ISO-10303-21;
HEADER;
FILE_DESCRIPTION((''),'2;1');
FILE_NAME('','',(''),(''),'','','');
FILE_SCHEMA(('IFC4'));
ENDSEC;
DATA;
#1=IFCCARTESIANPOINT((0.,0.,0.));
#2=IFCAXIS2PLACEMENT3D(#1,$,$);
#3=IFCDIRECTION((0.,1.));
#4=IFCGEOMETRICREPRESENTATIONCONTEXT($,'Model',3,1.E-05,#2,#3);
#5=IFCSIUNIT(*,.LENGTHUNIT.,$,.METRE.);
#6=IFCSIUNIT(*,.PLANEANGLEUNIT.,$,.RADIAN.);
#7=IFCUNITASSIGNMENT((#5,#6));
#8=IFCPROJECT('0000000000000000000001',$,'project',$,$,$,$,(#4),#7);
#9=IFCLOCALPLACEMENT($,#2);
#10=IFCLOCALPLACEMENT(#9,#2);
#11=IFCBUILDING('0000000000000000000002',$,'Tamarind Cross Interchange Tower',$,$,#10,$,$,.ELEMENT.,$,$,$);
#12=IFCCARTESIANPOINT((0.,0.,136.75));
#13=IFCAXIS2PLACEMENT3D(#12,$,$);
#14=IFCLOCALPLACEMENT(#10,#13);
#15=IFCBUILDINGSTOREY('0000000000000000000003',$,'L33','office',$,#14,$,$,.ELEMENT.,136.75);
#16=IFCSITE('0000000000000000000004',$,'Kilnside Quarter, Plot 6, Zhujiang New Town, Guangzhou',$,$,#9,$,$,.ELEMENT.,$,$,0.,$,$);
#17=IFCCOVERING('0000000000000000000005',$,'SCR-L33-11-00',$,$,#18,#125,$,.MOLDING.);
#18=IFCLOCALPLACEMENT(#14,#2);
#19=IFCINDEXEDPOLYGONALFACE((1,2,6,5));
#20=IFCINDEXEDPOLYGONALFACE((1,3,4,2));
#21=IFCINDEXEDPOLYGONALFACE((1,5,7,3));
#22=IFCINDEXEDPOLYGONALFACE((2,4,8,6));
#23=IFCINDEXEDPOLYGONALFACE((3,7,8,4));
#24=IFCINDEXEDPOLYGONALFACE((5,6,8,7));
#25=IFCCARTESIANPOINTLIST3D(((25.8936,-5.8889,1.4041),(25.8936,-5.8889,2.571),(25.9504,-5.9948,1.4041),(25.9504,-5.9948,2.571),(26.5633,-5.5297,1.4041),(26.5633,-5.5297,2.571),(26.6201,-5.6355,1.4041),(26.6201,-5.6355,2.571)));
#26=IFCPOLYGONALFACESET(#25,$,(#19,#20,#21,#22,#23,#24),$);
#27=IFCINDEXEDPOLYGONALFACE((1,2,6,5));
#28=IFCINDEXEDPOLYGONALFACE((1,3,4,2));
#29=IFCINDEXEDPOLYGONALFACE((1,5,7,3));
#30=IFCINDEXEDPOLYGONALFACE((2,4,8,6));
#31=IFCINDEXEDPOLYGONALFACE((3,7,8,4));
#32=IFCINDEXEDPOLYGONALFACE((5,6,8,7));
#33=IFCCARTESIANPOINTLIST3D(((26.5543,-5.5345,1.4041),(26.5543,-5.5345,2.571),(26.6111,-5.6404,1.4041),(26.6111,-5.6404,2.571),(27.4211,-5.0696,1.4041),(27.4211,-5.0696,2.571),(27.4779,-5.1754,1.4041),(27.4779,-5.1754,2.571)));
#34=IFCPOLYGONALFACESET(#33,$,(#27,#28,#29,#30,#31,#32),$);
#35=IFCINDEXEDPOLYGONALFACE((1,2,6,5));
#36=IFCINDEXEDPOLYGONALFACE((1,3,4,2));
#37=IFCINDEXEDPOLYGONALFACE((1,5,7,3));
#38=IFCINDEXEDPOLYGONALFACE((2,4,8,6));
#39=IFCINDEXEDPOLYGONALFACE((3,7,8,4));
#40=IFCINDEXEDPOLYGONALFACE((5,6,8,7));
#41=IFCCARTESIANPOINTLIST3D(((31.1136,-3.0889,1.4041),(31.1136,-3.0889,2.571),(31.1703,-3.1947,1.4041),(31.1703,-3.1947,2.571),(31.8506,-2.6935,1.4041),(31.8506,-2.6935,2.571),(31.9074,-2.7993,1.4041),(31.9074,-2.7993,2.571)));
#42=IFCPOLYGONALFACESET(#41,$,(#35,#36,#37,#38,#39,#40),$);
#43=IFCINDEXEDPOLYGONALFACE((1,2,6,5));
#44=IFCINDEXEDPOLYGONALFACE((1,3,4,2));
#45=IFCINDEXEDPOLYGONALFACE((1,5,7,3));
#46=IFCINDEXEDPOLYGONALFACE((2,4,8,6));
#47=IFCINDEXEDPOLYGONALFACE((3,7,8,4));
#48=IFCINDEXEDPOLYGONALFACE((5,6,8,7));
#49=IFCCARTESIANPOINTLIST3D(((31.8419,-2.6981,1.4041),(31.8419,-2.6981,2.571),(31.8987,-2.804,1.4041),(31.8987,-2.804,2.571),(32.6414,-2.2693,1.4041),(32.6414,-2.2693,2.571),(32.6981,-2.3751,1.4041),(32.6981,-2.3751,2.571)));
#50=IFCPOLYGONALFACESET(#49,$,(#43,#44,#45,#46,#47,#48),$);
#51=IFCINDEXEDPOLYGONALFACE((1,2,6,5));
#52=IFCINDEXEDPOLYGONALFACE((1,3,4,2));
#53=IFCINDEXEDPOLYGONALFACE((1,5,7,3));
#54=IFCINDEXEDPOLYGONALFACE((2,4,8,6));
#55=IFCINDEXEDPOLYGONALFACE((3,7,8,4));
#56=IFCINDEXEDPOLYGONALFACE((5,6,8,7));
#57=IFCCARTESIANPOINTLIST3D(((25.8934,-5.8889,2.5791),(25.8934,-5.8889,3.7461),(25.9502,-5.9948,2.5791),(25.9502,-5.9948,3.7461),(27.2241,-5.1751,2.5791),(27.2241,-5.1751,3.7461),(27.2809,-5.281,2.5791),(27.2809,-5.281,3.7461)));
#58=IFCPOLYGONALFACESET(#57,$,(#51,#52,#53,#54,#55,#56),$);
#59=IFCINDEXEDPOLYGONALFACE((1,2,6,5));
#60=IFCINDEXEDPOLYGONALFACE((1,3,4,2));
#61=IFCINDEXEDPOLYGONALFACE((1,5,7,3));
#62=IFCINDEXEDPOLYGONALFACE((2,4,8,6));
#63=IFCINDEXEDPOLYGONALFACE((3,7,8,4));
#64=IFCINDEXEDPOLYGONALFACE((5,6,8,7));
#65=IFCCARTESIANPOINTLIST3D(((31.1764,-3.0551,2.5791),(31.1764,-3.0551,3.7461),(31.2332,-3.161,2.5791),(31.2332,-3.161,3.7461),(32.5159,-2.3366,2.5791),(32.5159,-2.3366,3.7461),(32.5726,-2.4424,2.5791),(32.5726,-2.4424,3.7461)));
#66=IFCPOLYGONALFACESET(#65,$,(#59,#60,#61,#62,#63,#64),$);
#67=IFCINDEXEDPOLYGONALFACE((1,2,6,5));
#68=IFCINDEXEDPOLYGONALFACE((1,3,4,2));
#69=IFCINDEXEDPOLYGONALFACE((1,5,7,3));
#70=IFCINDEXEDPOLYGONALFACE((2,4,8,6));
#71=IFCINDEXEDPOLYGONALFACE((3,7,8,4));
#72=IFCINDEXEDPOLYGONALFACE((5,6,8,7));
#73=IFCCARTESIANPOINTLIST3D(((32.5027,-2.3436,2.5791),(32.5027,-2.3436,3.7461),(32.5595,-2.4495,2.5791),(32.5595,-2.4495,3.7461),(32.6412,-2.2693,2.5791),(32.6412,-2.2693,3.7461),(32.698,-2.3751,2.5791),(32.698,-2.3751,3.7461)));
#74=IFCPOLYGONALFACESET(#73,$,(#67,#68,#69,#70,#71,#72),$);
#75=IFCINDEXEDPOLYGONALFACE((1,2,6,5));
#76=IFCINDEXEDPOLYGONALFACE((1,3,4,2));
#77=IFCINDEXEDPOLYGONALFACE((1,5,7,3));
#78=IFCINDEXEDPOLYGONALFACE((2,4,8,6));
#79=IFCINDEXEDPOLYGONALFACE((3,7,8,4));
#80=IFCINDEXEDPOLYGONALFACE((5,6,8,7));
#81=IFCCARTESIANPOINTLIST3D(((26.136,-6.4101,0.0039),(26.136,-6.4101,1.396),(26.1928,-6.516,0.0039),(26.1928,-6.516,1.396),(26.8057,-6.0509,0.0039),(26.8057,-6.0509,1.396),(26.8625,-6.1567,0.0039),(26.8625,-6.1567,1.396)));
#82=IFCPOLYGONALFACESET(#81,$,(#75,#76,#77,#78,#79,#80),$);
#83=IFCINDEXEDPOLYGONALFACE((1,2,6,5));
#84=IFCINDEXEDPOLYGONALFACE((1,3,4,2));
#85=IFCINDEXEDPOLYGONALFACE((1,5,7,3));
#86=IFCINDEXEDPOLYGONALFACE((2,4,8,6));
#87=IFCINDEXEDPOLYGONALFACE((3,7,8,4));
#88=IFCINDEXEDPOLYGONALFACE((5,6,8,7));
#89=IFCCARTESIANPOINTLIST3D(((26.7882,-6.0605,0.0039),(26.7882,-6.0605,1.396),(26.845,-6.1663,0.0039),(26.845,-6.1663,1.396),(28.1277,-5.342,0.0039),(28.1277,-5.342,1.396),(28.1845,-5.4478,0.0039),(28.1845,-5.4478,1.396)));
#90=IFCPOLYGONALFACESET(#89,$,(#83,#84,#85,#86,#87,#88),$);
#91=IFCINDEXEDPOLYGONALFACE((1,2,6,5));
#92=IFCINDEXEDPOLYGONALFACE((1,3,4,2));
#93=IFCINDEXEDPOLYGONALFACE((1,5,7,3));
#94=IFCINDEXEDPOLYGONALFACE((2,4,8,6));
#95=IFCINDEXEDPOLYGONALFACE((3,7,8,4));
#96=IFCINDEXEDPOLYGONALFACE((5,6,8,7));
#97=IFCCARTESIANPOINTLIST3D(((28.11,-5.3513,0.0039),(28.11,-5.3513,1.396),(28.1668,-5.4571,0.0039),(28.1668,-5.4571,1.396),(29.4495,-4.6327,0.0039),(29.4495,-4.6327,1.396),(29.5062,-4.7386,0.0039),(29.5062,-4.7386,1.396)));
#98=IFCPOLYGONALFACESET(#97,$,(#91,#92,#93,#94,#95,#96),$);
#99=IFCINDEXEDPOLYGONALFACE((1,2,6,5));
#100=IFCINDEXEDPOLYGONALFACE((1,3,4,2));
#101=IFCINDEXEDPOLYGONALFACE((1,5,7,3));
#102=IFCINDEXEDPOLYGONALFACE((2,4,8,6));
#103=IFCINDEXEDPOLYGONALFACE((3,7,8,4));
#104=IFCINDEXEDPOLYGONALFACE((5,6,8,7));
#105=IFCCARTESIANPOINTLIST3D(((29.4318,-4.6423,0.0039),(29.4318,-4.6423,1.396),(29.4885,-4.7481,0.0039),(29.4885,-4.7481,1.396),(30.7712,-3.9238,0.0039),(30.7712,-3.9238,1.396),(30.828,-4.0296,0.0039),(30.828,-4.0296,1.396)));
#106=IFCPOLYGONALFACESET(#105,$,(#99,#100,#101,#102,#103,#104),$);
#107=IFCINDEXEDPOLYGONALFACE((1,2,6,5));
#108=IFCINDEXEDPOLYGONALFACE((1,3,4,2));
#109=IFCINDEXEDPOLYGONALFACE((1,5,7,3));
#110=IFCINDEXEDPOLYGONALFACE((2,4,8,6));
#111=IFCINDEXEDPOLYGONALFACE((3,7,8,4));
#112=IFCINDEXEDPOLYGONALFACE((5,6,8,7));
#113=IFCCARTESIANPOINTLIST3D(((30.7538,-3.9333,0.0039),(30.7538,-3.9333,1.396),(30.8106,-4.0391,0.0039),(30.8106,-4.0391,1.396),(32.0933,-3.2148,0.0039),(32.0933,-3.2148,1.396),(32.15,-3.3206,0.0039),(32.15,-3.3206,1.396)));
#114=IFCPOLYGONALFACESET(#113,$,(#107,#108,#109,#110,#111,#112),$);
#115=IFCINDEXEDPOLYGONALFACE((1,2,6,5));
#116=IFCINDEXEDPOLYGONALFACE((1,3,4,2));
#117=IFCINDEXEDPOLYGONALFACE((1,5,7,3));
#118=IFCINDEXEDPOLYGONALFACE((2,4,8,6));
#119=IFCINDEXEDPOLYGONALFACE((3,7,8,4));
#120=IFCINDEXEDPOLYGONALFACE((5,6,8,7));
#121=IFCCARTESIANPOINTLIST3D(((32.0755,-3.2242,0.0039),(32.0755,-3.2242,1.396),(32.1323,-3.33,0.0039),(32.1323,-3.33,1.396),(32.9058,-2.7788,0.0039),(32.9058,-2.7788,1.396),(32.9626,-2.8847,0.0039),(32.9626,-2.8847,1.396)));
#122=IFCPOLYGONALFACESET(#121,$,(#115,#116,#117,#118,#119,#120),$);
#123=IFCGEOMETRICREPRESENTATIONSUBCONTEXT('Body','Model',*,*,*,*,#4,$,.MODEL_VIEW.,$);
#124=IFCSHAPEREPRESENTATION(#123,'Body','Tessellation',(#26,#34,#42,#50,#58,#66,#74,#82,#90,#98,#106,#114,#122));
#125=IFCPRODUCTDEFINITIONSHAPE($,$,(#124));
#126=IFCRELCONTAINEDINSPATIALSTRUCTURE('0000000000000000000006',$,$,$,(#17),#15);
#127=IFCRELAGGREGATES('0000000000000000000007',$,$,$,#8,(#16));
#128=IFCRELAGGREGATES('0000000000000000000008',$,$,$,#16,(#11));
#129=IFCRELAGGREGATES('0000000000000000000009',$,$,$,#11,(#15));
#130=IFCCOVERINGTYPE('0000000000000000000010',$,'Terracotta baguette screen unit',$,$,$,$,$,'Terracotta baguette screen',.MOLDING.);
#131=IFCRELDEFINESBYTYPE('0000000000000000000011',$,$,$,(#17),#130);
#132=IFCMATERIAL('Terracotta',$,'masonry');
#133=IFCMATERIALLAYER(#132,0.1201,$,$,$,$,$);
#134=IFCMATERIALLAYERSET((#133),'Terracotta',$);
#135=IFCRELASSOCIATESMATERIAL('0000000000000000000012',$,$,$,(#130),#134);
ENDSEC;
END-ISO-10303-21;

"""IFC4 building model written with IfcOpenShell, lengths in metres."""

from ifc_helpers import new_model, si_unit, direction, frame, origin, origin_2d, place, context, subcontext, project, spatial, rectangle, extrude, material, layer, layer_set, type_object, element, save


model = new_model("IFC4")

# Units and contexts
model_context = context("Model", 3, precision=1e-05, world=origin(), true_north=direction((0.0, 1.0)))
body_context = subcontext(model_context, "Body", "Model", "MODEL_VIEW")
ifc_project = project(units=[si_unit("LENGTHUNIT", "METRE"), si_unit("PLANEANGLEUNIT", "RADIAN")], contexts=[model_context])

# Site, building, storey
site_placement = place(None, origin())
site = spatial("IfcSite", under=ifc_project, at=site_placement, Name="Kilnside Quarter, Plot 6, Zhujiang New Town, Guangzhou", CompositionType="ELEMENT", RefElevation=0.0)
building_placement = place(site_placement, origin())
building = spatial("IfcBuilding", under=site, at=building_placement, Name="Tamarind Cross Interchange Tower", CompositionType="ELEMENT")
storey_placement = place(building_placement, frame((0.0, 0.0, 136.75)))
storey = spatial("IfcBuildingStorey", under=building, at=storey_placement, Name="L33", Description="office", CompositionType="ELEMENT", Elevation=136.75)

# Covering
ifc_material_1 = material(Name="Terracotta", Category="masonry")
ifc_layer_1 = layer(ifc_material_1, 0.1201)
ifc_layer_set_1 = layer_set([ifc_layer_1], Name="Terracotta")
covering_type = type_object("IfcCoveringType", Name="Terracotta baguette screen unit", ElementType="Terracotta baguette screen", PredefinedType="MOLDING", material=ifc_layer_set_1)
covering_1_placement = place(storey_placement, origin())
element("IfcCovering", 1, at=covering_1_placement, inside=storey, type_object=covering_type, Name="SCR-L33-11-00", PredefinedType="MOLDING", context=body_context, shape_type="SweptSolid", body=[
    extrude(rectangle(XDim=0.76, YDim=0.1201, at=origin_2d()), frame((26.2568, -5.7622, 1.4041), z_axis=(0.0, 0.0, 1.0), x_axis=(0.881224, 0.472698, 0.0)), (0.0, 0.0, 1.0), 1.167),
    extrude(rectangle(XDim=0.9836, YDim=0.1201, at=origin_2d()), frame((27.0161, -5.355, 1.4041), z_axis=(0.0, 0.0, 1.0), x_axis=(0.881224, 0.472698, 0.0)), (0.0, 0.0, 1.0), 1.167),
    extrude(rectangle(XDim=0.8364, YDim=0.1201, at=origin_2d()), frame((31.5105, -2.9441, 1.4041), z_axis=(0.0, 0.0, 1.0), x_axis=(0.881224, 0.472698, 0.0)), (0.0, 0.0, 1.0), 1.167),
    extrude(rectangle(XDim=0.9072, YDim=0.1201, at=origin_2d()), frame((32.27, -2.5366, 1.4041), z_axis=(0.0, 0.0, 1.0), x_axis=(0.881224, 0.472698, 0.0)), (0.0, 0.0, 1.0), 1.167),
    extrude(rectangle(XDim=1.51, YDim=0.1201, at=origin_2d()), frame((26.5872, -5.585, 2.5791), z_axis=(0.0, 0.0, 1.0), x_axis=(0.881224, 0.472698, 0.0)), (0.0, 0.0, 1.0), 1.167),
    extrude(rectangle(XDim=1.52, YDim=0.1201, at=origin_2d()), frame((31.8745, -2.7488, 2.5791), z_axis=(0.0, 0.0, 1.0), x_axis=(0.881224, 0.472698, 0.0)), (0.0, 0.0, 1.0), 1.167),
    extrude(rectangle(XDim=0.1572, YDim=0.1201, at=origin_2d()), frame((32.6003, -2.3594, 2.5791), z_axis=(0.0, 0.0, 1.0), x_axis=(0.881224, 0.472698, 0.0)), (0.0, 0.0, 1.0), 1.167),
    extrude(rectangle(XDim=0.76, YDim=0.1201, at=origin_2d()), frame((26.4993, -6.2834, 0.0039), z_axis=(0.0, 0.0, 1.0), x_axis=(0.881224, 0.472698, 0.0)), (0.0, 0.0, 1.0), 1.3921),
    extrude(rectangle(XDim=1.52, YDim=0.1201, at=origin_2d()), frame((27.4863, -5.7542, 0.0039), z_axis=(0.0, 0.0, 1.0), x_axis=(0.881224, 0.472698, 0.0)), (0.0, 0.0, 1.0), 1.3921),
    extrude(rectangle(XDim=1.52, YDim=0.1201, at=origin_2d()), frame((28.8081, -5.0449, 0.0039), z_axis=(0.0, 0.0, 1.0), x_axis=(0.881224, 0.472698, 0.0)), (0.0, 0.0, 1.0), 1.3921),
    extrude(rectangle(XDim=1.52, YDim=0.1201, at=origin_2d()), frame((30.1299, -4.3359, 0.0039), z_axis=(0.0, 0.0, 1.0), x_axis=(0.881224, 0.472698, 0.0)), (0.0, 0.0, 1.0), 1.3921),
    extrude(rectangle(XDim=1.52, YDim=0.1201, at=origin_2d()), frame((31.4519, -3.627, 0.0039), z_axis=(0.0, 0.0, 1.0), x_axis=(0.881224, 0.472698, 0.0)), (0.0, 0.0, 1.0), 1.3921),
    extrude(rectangle(XDim=0.9421, YDim=0.1201, at=origin_2d()), frame((32.519, -3.0544, 0.0039), z_axis=(0.0, 0.0, 1.0), x_axis=(0.881224, 0.472698, 0.0)), (0.0, 0.0, 1.0), 1.3921),
])

save(model, "model.ifc")
